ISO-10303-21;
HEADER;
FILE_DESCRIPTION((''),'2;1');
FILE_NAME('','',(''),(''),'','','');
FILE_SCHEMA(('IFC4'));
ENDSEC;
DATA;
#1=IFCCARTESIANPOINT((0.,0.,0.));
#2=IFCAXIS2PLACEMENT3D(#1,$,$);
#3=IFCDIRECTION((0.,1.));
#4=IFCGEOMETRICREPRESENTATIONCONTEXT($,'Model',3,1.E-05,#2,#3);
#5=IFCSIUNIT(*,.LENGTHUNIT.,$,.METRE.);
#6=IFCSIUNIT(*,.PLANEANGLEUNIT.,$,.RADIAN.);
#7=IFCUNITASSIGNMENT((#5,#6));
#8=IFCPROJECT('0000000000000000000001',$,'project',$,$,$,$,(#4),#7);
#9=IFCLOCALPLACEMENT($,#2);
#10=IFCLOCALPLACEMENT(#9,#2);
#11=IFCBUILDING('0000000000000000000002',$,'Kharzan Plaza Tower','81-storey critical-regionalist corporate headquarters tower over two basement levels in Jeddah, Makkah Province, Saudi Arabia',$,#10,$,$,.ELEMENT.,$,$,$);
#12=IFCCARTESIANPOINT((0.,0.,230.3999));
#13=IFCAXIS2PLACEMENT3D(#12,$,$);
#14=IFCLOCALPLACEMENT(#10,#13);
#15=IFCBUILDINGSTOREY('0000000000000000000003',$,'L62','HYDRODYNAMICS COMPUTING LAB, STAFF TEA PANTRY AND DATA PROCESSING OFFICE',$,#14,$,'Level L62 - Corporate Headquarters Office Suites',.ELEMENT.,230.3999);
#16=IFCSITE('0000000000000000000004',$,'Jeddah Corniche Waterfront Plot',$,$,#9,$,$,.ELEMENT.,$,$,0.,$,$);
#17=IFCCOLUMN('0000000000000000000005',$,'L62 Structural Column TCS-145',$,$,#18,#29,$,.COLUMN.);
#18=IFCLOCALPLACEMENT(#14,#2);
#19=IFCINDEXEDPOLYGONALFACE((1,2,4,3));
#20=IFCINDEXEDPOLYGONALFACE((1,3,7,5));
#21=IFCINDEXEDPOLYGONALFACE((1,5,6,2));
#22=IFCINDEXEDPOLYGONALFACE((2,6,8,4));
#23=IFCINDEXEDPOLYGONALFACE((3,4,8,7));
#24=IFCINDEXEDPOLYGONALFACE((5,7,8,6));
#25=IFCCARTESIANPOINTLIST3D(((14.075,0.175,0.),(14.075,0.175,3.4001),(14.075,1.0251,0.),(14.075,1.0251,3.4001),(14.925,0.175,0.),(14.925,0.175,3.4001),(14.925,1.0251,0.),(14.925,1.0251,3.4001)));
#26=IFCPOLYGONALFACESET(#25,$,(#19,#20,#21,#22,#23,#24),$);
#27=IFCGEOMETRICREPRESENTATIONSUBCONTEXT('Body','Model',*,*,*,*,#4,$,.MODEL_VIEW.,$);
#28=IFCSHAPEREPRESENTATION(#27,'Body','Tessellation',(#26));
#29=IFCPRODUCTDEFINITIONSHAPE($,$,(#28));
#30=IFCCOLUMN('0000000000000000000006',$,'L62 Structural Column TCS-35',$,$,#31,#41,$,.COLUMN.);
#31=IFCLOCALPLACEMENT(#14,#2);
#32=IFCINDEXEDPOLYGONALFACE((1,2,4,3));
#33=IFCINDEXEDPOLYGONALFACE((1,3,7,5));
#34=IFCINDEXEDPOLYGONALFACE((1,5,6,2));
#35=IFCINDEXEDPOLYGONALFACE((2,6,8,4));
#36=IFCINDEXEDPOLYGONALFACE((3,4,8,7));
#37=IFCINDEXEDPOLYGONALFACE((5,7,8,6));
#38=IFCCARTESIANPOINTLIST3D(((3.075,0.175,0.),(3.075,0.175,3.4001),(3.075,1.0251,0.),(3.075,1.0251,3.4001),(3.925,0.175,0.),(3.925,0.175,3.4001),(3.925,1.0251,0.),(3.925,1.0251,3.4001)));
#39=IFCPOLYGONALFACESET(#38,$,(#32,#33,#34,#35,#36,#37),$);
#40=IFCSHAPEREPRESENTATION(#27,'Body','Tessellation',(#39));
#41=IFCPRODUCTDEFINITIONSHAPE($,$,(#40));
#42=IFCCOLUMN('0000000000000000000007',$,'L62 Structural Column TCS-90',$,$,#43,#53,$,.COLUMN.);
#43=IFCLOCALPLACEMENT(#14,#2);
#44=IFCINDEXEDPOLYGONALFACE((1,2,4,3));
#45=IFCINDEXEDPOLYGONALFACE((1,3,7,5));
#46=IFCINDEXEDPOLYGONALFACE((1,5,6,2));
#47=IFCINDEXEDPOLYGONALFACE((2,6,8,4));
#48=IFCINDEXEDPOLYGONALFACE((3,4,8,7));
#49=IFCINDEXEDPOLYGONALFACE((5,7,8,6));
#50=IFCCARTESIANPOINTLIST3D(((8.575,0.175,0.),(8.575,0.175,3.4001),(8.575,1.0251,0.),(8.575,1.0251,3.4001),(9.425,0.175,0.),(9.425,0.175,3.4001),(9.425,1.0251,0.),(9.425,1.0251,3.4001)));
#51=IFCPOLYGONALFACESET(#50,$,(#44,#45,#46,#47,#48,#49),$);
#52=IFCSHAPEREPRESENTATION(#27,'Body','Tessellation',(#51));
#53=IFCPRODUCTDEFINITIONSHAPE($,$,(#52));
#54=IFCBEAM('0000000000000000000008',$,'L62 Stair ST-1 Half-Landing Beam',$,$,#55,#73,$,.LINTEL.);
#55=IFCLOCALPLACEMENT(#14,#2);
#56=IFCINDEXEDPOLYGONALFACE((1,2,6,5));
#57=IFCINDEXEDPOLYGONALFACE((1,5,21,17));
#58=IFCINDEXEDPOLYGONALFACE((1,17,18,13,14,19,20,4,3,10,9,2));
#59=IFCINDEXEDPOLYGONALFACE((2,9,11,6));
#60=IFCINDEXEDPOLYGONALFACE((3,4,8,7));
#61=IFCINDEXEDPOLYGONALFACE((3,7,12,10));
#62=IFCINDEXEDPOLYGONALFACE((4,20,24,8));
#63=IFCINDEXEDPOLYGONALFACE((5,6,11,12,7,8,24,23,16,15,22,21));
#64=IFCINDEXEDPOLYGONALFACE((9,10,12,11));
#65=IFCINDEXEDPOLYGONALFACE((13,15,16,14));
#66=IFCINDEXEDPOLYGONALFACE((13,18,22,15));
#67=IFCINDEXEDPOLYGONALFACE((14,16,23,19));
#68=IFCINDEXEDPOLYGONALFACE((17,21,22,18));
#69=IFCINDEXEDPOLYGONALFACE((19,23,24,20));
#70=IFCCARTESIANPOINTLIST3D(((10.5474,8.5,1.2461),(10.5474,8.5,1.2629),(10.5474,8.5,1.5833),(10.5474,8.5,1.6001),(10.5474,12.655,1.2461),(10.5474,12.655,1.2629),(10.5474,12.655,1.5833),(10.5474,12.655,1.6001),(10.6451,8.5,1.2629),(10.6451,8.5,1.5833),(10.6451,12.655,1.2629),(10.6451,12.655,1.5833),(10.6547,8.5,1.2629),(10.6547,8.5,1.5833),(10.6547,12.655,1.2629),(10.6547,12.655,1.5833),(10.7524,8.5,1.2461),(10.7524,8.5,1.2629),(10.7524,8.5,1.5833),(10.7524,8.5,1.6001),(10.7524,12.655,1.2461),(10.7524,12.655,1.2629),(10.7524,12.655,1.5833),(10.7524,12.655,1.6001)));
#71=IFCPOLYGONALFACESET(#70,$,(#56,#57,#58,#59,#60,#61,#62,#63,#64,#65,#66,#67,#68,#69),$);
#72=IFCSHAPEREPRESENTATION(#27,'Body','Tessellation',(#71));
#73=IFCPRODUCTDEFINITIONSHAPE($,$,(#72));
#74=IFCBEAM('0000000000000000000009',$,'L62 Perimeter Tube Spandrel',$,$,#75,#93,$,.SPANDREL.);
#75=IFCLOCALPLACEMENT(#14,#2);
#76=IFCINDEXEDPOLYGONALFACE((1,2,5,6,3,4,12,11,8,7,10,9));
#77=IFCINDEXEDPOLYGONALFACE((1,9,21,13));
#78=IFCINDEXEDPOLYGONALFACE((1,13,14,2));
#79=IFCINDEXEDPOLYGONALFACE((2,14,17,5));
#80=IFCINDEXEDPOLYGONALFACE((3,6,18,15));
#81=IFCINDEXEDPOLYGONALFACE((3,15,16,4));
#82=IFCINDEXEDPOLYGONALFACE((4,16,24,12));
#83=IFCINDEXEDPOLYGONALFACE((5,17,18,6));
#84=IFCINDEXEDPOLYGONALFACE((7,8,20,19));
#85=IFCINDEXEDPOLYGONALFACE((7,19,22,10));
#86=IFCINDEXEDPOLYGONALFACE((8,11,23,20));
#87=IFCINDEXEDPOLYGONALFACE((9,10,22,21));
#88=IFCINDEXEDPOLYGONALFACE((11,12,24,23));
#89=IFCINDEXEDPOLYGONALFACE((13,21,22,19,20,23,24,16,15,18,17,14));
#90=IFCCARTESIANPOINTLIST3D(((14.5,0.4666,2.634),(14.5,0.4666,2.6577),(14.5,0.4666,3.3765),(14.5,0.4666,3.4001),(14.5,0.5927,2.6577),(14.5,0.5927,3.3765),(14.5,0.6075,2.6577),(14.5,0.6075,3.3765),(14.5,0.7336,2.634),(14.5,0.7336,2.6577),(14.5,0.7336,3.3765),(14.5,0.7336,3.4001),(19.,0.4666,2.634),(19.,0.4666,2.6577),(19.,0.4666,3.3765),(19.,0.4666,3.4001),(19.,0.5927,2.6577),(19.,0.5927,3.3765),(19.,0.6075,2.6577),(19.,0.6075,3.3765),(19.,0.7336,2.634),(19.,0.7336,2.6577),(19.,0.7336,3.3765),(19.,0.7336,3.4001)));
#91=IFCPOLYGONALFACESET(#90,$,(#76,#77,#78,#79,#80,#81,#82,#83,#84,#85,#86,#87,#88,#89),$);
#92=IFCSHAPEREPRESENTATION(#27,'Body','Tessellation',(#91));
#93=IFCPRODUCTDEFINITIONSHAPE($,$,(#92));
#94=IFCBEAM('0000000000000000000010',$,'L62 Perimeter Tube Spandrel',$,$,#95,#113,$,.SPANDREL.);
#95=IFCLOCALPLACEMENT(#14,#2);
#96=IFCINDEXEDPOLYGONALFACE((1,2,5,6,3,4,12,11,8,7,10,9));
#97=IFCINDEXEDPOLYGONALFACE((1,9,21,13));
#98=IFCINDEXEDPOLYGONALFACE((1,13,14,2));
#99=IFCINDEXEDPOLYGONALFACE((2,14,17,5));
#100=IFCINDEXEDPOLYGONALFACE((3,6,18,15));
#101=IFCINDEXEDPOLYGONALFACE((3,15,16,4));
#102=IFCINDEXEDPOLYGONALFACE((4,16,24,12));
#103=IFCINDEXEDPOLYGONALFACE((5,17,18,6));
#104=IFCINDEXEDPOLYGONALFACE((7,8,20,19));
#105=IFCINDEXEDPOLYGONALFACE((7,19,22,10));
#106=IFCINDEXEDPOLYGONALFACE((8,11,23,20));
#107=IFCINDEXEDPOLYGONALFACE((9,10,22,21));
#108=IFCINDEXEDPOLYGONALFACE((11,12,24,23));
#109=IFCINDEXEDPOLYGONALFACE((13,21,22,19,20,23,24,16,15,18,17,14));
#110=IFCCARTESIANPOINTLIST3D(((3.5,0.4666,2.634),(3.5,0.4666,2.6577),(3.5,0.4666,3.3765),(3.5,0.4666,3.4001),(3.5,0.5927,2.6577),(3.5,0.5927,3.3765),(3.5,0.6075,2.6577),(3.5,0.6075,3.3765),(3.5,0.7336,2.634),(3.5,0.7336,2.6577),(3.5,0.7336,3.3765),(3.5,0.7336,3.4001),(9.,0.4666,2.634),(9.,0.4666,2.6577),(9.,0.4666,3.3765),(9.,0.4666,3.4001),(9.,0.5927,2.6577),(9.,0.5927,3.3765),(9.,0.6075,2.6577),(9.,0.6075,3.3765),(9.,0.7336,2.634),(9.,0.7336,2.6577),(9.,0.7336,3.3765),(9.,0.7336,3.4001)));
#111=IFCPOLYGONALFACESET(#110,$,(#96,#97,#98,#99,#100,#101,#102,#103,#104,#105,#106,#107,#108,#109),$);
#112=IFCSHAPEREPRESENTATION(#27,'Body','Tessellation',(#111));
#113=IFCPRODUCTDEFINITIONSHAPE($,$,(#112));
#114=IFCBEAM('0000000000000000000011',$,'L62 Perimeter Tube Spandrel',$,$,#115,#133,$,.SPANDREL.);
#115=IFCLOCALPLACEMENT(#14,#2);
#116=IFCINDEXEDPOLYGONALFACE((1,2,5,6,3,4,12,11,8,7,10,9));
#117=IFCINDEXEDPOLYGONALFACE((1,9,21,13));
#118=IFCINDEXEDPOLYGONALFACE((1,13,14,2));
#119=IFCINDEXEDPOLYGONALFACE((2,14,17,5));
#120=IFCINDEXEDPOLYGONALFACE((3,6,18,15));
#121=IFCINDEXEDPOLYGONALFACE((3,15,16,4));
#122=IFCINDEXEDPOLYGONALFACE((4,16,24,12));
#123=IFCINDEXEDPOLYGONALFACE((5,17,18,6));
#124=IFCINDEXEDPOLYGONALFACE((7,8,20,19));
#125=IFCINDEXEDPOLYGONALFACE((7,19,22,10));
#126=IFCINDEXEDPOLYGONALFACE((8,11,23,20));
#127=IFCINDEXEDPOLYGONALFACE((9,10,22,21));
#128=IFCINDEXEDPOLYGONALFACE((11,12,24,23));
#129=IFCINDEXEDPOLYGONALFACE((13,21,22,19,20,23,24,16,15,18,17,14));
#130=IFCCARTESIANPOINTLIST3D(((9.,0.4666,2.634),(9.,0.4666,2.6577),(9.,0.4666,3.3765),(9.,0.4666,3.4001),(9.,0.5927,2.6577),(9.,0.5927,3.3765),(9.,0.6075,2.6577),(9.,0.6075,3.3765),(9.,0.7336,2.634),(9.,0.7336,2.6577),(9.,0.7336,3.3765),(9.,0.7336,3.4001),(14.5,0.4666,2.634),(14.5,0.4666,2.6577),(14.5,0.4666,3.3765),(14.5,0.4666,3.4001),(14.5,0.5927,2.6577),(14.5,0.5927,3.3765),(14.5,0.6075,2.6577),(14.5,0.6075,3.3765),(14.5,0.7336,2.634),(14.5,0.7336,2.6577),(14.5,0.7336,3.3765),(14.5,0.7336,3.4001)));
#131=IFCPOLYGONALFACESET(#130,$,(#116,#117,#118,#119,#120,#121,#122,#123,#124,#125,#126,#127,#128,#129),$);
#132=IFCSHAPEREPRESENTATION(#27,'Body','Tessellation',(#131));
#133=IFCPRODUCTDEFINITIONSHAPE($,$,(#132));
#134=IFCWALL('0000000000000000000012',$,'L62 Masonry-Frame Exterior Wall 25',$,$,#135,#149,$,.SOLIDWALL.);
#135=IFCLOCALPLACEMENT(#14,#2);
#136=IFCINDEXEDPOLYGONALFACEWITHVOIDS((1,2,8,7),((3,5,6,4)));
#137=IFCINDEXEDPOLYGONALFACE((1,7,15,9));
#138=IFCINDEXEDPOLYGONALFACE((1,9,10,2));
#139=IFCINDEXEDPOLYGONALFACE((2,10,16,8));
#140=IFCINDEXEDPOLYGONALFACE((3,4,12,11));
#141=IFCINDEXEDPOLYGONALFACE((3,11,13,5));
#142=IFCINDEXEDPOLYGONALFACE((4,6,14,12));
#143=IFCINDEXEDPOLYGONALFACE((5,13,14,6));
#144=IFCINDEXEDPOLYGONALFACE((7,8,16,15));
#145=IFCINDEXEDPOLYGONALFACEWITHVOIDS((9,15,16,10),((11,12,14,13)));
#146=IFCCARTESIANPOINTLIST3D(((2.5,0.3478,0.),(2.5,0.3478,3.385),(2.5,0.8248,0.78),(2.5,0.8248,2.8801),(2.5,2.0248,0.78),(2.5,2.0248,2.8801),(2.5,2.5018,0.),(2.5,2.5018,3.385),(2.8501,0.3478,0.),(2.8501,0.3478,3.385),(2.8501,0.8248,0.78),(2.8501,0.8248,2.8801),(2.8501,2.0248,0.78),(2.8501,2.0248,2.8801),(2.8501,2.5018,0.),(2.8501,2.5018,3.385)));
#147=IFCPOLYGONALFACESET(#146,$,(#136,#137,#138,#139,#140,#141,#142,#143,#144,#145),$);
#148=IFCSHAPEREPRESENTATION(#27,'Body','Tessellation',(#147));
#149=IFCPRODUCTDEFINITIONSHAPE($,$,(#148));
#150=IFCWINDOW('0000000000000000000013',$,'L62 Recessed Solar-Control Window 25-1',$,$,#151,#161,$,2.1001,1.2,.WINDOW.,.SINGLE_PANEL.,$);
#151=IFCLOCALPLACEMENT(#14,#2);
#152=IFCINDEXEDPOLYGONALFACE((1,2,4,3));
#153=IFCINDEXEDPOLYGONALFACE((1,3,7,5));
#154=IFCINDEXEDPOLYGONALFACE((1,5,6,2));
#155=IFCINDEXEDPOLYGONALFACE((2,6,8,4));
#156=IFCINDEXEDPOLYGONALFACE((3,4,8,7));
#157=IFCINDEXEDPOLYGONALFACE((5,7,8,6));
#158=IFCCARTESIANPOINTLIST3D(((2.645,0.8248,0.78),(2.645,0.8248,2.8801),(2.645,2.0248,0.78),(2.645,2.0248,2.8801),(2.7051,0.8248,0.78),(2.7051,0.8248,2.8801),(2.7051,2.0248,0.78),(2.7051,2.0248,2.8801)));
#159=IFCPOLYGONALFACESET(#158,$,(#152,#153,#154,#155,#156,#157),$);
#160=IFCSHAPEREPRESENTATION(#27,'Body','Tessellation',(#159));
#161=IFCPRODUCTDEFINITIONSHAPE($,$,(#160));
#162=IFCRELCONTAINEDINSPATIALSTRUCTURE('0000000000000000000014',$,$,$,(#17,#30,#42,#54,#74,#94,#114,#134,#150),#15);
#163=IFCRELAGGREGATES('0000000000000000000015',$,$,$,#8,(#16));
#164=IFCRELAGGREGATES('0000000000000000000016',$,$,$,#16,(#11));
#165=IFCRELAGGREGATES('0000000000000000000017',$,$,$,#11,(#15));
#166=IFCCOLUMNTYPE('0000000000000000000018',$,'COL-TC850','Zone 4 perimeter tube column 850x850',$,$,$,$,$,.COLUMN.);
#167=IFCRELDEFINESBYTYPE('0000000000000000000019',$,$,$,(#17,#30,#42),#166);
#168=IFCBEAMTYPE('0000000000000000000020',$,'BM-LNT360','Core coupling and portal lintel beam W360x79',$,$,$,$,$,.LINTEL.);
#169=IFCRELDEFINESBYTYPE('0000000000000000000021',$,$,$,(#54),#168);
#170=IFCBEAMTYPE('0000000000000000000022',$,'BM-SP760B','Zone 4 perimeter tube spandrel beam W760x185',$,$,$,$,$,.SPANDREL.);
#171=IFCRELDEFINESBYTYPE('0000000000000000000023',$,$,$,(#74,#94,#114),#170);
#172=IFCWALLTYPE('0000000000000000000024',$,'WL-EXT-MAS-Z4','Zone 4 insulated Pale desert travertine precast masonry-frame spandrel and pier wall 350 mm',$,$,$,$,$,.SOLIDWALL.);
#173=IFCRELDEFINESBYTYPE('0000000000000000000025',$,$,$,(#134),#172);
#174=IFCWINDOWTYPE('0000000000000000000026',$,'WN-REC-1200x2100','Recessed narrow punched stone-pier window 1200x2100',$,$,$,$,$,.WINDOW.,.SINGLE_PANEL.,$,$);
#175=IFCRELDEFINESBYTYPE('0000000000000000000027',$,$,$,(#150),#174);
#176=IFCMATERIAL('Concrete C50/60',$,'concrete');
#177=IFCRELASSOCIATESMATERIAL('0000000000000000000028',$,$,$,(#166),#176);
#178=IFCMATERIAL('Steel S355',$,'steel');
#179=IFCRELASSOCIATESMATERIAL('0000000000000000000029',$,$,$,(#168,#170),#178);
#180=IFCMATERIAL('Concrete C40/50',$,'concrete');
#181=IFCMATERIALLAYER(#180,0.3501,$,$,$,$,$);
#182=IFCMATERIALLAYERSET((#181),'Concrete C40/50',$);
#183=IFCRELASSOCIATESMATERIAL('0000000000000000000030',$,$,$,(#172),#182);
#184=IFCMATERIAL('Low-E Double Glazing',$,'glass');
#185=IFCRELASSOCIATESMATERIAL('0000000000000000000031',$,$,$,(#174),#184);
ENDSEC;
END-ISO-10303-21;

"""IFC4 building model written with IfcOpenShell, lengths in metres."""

from ifc_helpers import new_model, si_unit, direction, frame, frame_2d, origin, origin_2d, place, context, subcontext, project, spatial, rectangle, i_section, extrude, source, transform, mapped, material, layer, layer_set, material_profile, profile_set, type_object, element, fill, save


model = new_model("IFC4")

# Units and contexts
model_context = context("Model", 3, precision=1e-05, world=origin(), true_north=direction((0.0, 1.0)))
body_context = subcontext(model_context, "Body", "Model", "MODEL_VIEW")
ifc_project = project(units=[si_unit("LENGTHUNIT", "METRE"), si_unit("PLANEANGLEUNIT", "RADIAN")], contexts=[model_context])

# Site, building, storey
site_placement = place(None, origin())
site = spatial("IfcSite", under=ifc_project, at=site_placement, Name="Jeddah Corniche Waterfront Plot", CompositionType="ELEMENT", RefElevation=0.0)
building_placement = place(site_placement, origin())
building = spatial("IfcBuilding", under=site, at=building_placement, Name="Kharzan Plaza Tower", Description="81-storey critical-regionalist corporate headquarters tower over two basement levels in Jeddah, Makkah Province, Saudi Arabia", CompositionType="ELEMENT")
storey_placement = place(building_placement, frame((0.0, 0.0, 230.3999)))
storey = spatial("IfcBuildingStorey", under=building, at=storey_placement, Name="L62", Description="HYDRODYNAMICS COMPUTING LAB, STAFF TEA PANTRY AND DATA PROCESSING OFFICE", LongName="Level L62 - Corporate Headquarters Office Suites", CompositionType="ELEMENT", Elevation=230.3999)

# Columns
ifc_material_1 = material(Name="Concrete C50/60", Category="concrete")
ifc_material_profile_1 = material_profile(ifc_material_1, rectangle(XDim=0.8501, YDim=0.8501, at=origin_2d()), Name="RC-TC850x850")
ifc_profile_set_1 = profile_set([ifc_material_profile_1], Name="Concrete C50/60")
column_type = type_object("IfcColumnType", Name="COL-TC850", Description="Zone 4 perimeter tube column 850x850", PredefinedType="COLUMN", material=ifc_profile_set_1)
shared_shape_1 = source(origin(), body_context, "Body", "SweptSolid", [
    extrude(rectangle(XDim=0.8501, YDim=0.8501, at=origin_2d()), origin(), (0.0, 0.0, 1.0), 3.4001),
])
for number, where, z_axis, x_axis, name in (
    (1, (14.5, 0.6001, 0.0), (0.0, 0.0, 1.0), (1.0, 0.0, 0.0), "L62 Structural Column TCS-145"),
    (2, (3.5, 0.6001, 0.0), (0.0, 0.0, 1.0), (1.0, 0.0, 0.0), "L62 Structural Column TCS-35"),
    (3, (9.0, 0.6001, 0.0), (0.0, 0.0, 1.0), (1.0, 0.0, 0.0), "L62 Structural Column TCS-90"),
):
    element("IfcColumn", number, at=place(storey_placement, frame(where, z_axis=z_axis, x_axis=x_axis)), inside=storey, type_object=column_type, Name=name, PredefinedType="COLUMN", context=body_context, shape_type="MappedRepresentation", body=[
        mapped(shared_shape_1, transform((0.0, 0.0, 0.0), x_axis=(1.0, 0.0, 0.0), y_axis=(0.0, 1.0, 0.0), z_axis=(0.0, 0.0, 1.0))),
    ])

# Beams
ifc_material_2 = material(Name="Steel S355", Category="steel")
ifc_material_profile_2 = material_profile(ifc_material_2, i_section(OverallWidth=0.2051, OverallDepth=0.354, WebThickness=0.0095, FlangeThickness=0.0168, at=origin_2d()), Name="W360x79")
ifc_profile_set_2 = profile_set([ifc_material_profile_2], Name="Steel S355")
beam_type_1 = type_object("IfcBeamType", Name="BM-LNT360", Description="Core coupling and portal lintel beam W360x79", PredefinedType="LINTEL", material=ifc_profile_set_2)
shared_shape_2 = source(origin(), body_context, "Body", "SweptSolid", [
    extrude(i_section(OverallWidth=0.2051, OverallDepth=0.354, WebThickness=0.0095, FlangeThickness=0.0168, at=origin_2d()), origin(), (0.0, 0.0, 1.0), 4.155),
])
beam_1_placement = place(storey_placement, frame((10.6499, 8.5, 1.4231), z_axis=(0.0, 1.0, 0.0), x_axis=(-1.0, 0.0, 0.0)))
element("IfcBeam", 4, at=beam_1_placement, inside=storey, type_object=beam_type_1, Name="L62 Stair ST-1 Half-Landing Beam", PredefinedType="LINTEL", context=body_context, shape_type="MappedRepresentation", body=[
    mapped(shared_shape_2, transform((0.0, 0.0, 0.0), x_axis=(1.0, 0.0, 0.0), y_axis=(0.0, 1.0, 0.0), z_axis=(0.0, 0.0, 1.0))),
])
ifc_material_profile_3 = material_profile(ifc_material_2, i_section(OverallWidth=0.2671, OverallDepth=0.7661, WebThickness=0.0149, FlangeThickness=0.0237, at=origin_2d()), Name="W760x185")
ifc_profile_set_3 = profile_set([ifc_material_profile_3], Name="Steel S355")
beam_type_2 = type_object("IfcBeamType", Name="BM-SP760B", Description="Zone 4 perimeter tube spandrel beam W760x185", PredefinedType="SPANDREL", material=ifc_profile_set_3)
shared_shape_3 = source(origin(), body_context, "Body", "SweptSolid", [
    extrude(i_section(OverallWidth=0.2671, OverallDepth=0.7661, WebThickness=0.0149, FlangeThickness=0.0237, at=origin_2d()), origin(), (0.0, 0.0, 1.0), 4.5),
])
beam_2_placement = place(storey_placement, frame((14.5, 0.6001, 3.0171), z_axis=(1.0, 0.0, 0.0), x_axis=(0.0, 1.0, 0.0)))
element("IfcBeam", 5, at=beam_2_placement, inside=storey, type_object=beam_type_2, Name="L62 Perimeter Tube Spandrel", PredefinedType="SPANDREL", context=body_context, shape_type="MappedRepresentation", body=[
    mapped(shared_shape_3, transform((0.0, 0.0, 0.0), x_axis=(1.0, 0.0, 0.0), y_axis=(0.0, 1.0, 0.0), z_axis=(0.0, 0.0, 1.0))),
])
shared_shape_4 = source(origin(), body_context, "Body", "SweptSolid", [
    extrude(i_section(OverallWidth=0.2671, OverallDepth=0.7661, WebThickness=0.0149, FlangeThickness=0.0237, at=origin_2d()), origin(), (0.0, 0.0, 1.0), 5.5),
])
for number, where, z_axis, x_axis, name in (
    (6, (3.5, 0.6001, 3.0171), (1.0, 0.0, 0.0), (0.0, 1.0, 0.0), "L62 Perimeter Tube Spandrel"),
    (7, (9.0, 0.6001, 3.0171), (1.0, 0.0, 0.0), (0.0, 1.0, 0.0), "L62 Perimeter Tube Spandrel"),
):
    element("IfcBeam", number, at=place(storey_placement, frame(where, z_axis=z_axis, x_axis=x_axis)), inside=storey, type_object=beam_type_2, Name=name, PredefinedType="SPANDREL", context=body_context, shape_type="MappedRepresentation", body=[
        mapped(shared_shape_4, transform((0.0, 0.0, 0.0), x_axis=(1.0, 0.0, 0.0), y_axis=(0.0, 1.0, 0.0), z_axis=(0.0, 0.0, 1.0))),
    ])

# Wall, opening, window
ifc_material_3 = material(Name="Concrete C40/50", Category="concrete")
ifc_layer_1 = layer(ifc_material_3, 0.3501)
ifc_layer_set_1 = layer_set([ifc_layer_1], Name="Concrete C40/50")
wall_type_1 = type_object("IfcWallType", Name="WL-EXT-MAS-Z4", Description="Zone 4 insulated Pale desert travertine precast masonry-frame spandrel and pier wall 350 mm", PredefinedType="SOLIDWALL", material=ifc_layer_set_1)
wall_1_placement = place(storey_placement, frame((2.675, 2.502, 0.0), z_axis=(0.0, 0.0, 1.0), x_axis=(0.0, -1.0, 0.0)))
wall_1 = element("IfcWall", 8, at=wall_1_placement, inside=storey, type_object=wall_type_1, Name="L62 Masonry-Frame Exterior Wall 25", PredefinedType="SOLIDWALL", context=body_context, shape_type="SweptSolid", body=[
    extrude(rectangle(XDim=2.1541, YDim=0.3501, at=frame_2d((1.0771, 0.0))), origin(), (0.0, 0.0, 1.0), 3.385),
])
opening_1_placement = place(wall_1_placement, frame((0.4771, 0.0, 0.78)))
opening_1 = element("IfcOpeningElement", 9, at=opening_1_placement, cuts=wall_1, PredefinedType="OPENING", context=body_context, shape_type="SweptSolid", body=[
    extrude(rectangle(XDim=1.2, YDim=2.1001, at=frame_2d((0.6001, 1.05))), frame((0.0, 0.1851, 0.0), z_axis=(0.0, -1.0, 0.0), x_axis=(1.0, 0.0, 0.0)), (0.0, 0.0, 1.0), 0.3701),
])
ifc_material_4 = material(Name="Low-E Double Glazing", Category="glass")
window_type_1 = type_object("IfcWindowType", Name="WN-REC-1200x2100", Description="Recessed narrow punched stone-pier window 1200x2100", PartitioningType="SINGLE_PANEL", PredefinedType="WINDOW", material=ifc_material_4)
shared_shape_5 = source(origin(), body_context, "Body", "SweptSolid", [
    extrude(rectangle(XDim=1.2, YDim=2.1001, at=frame_2d((0.6001, 1.05))), frame((0.0, 0.03, 0.0), z_axis=(0.0, -1.0, 0.0), x_axis=(1.0, 0.0, 0.0)), (0.0, 0.0, 1.0), 0.0601),
])
window_1_placement = place(opening_1_placement, origin())
window_1 = element("IfcWindow", 10, at=window_1_placement, inside=storey, type_object=window_type_1, Name="L62 Recessed Solar-Control Window 25-1", OverallHeight=2.1001, OverallWidth=1.2, PartitioningType="SINGLE_PANEL", PredefinedType="WINDOW", context=body_context, shape_type="MappedRepresentation", body=[
    mapped(shared_shape_5, transform((0.0, 0.0, 0.0), x_axis=(1.0, 0.0, 0.0), y_axis=(0.0, 1.0, 0.0), z_axis=(0.0, 0.0, 1.0))),
])
fill(opening_1, window_1)

save(model, "model.ifc")
